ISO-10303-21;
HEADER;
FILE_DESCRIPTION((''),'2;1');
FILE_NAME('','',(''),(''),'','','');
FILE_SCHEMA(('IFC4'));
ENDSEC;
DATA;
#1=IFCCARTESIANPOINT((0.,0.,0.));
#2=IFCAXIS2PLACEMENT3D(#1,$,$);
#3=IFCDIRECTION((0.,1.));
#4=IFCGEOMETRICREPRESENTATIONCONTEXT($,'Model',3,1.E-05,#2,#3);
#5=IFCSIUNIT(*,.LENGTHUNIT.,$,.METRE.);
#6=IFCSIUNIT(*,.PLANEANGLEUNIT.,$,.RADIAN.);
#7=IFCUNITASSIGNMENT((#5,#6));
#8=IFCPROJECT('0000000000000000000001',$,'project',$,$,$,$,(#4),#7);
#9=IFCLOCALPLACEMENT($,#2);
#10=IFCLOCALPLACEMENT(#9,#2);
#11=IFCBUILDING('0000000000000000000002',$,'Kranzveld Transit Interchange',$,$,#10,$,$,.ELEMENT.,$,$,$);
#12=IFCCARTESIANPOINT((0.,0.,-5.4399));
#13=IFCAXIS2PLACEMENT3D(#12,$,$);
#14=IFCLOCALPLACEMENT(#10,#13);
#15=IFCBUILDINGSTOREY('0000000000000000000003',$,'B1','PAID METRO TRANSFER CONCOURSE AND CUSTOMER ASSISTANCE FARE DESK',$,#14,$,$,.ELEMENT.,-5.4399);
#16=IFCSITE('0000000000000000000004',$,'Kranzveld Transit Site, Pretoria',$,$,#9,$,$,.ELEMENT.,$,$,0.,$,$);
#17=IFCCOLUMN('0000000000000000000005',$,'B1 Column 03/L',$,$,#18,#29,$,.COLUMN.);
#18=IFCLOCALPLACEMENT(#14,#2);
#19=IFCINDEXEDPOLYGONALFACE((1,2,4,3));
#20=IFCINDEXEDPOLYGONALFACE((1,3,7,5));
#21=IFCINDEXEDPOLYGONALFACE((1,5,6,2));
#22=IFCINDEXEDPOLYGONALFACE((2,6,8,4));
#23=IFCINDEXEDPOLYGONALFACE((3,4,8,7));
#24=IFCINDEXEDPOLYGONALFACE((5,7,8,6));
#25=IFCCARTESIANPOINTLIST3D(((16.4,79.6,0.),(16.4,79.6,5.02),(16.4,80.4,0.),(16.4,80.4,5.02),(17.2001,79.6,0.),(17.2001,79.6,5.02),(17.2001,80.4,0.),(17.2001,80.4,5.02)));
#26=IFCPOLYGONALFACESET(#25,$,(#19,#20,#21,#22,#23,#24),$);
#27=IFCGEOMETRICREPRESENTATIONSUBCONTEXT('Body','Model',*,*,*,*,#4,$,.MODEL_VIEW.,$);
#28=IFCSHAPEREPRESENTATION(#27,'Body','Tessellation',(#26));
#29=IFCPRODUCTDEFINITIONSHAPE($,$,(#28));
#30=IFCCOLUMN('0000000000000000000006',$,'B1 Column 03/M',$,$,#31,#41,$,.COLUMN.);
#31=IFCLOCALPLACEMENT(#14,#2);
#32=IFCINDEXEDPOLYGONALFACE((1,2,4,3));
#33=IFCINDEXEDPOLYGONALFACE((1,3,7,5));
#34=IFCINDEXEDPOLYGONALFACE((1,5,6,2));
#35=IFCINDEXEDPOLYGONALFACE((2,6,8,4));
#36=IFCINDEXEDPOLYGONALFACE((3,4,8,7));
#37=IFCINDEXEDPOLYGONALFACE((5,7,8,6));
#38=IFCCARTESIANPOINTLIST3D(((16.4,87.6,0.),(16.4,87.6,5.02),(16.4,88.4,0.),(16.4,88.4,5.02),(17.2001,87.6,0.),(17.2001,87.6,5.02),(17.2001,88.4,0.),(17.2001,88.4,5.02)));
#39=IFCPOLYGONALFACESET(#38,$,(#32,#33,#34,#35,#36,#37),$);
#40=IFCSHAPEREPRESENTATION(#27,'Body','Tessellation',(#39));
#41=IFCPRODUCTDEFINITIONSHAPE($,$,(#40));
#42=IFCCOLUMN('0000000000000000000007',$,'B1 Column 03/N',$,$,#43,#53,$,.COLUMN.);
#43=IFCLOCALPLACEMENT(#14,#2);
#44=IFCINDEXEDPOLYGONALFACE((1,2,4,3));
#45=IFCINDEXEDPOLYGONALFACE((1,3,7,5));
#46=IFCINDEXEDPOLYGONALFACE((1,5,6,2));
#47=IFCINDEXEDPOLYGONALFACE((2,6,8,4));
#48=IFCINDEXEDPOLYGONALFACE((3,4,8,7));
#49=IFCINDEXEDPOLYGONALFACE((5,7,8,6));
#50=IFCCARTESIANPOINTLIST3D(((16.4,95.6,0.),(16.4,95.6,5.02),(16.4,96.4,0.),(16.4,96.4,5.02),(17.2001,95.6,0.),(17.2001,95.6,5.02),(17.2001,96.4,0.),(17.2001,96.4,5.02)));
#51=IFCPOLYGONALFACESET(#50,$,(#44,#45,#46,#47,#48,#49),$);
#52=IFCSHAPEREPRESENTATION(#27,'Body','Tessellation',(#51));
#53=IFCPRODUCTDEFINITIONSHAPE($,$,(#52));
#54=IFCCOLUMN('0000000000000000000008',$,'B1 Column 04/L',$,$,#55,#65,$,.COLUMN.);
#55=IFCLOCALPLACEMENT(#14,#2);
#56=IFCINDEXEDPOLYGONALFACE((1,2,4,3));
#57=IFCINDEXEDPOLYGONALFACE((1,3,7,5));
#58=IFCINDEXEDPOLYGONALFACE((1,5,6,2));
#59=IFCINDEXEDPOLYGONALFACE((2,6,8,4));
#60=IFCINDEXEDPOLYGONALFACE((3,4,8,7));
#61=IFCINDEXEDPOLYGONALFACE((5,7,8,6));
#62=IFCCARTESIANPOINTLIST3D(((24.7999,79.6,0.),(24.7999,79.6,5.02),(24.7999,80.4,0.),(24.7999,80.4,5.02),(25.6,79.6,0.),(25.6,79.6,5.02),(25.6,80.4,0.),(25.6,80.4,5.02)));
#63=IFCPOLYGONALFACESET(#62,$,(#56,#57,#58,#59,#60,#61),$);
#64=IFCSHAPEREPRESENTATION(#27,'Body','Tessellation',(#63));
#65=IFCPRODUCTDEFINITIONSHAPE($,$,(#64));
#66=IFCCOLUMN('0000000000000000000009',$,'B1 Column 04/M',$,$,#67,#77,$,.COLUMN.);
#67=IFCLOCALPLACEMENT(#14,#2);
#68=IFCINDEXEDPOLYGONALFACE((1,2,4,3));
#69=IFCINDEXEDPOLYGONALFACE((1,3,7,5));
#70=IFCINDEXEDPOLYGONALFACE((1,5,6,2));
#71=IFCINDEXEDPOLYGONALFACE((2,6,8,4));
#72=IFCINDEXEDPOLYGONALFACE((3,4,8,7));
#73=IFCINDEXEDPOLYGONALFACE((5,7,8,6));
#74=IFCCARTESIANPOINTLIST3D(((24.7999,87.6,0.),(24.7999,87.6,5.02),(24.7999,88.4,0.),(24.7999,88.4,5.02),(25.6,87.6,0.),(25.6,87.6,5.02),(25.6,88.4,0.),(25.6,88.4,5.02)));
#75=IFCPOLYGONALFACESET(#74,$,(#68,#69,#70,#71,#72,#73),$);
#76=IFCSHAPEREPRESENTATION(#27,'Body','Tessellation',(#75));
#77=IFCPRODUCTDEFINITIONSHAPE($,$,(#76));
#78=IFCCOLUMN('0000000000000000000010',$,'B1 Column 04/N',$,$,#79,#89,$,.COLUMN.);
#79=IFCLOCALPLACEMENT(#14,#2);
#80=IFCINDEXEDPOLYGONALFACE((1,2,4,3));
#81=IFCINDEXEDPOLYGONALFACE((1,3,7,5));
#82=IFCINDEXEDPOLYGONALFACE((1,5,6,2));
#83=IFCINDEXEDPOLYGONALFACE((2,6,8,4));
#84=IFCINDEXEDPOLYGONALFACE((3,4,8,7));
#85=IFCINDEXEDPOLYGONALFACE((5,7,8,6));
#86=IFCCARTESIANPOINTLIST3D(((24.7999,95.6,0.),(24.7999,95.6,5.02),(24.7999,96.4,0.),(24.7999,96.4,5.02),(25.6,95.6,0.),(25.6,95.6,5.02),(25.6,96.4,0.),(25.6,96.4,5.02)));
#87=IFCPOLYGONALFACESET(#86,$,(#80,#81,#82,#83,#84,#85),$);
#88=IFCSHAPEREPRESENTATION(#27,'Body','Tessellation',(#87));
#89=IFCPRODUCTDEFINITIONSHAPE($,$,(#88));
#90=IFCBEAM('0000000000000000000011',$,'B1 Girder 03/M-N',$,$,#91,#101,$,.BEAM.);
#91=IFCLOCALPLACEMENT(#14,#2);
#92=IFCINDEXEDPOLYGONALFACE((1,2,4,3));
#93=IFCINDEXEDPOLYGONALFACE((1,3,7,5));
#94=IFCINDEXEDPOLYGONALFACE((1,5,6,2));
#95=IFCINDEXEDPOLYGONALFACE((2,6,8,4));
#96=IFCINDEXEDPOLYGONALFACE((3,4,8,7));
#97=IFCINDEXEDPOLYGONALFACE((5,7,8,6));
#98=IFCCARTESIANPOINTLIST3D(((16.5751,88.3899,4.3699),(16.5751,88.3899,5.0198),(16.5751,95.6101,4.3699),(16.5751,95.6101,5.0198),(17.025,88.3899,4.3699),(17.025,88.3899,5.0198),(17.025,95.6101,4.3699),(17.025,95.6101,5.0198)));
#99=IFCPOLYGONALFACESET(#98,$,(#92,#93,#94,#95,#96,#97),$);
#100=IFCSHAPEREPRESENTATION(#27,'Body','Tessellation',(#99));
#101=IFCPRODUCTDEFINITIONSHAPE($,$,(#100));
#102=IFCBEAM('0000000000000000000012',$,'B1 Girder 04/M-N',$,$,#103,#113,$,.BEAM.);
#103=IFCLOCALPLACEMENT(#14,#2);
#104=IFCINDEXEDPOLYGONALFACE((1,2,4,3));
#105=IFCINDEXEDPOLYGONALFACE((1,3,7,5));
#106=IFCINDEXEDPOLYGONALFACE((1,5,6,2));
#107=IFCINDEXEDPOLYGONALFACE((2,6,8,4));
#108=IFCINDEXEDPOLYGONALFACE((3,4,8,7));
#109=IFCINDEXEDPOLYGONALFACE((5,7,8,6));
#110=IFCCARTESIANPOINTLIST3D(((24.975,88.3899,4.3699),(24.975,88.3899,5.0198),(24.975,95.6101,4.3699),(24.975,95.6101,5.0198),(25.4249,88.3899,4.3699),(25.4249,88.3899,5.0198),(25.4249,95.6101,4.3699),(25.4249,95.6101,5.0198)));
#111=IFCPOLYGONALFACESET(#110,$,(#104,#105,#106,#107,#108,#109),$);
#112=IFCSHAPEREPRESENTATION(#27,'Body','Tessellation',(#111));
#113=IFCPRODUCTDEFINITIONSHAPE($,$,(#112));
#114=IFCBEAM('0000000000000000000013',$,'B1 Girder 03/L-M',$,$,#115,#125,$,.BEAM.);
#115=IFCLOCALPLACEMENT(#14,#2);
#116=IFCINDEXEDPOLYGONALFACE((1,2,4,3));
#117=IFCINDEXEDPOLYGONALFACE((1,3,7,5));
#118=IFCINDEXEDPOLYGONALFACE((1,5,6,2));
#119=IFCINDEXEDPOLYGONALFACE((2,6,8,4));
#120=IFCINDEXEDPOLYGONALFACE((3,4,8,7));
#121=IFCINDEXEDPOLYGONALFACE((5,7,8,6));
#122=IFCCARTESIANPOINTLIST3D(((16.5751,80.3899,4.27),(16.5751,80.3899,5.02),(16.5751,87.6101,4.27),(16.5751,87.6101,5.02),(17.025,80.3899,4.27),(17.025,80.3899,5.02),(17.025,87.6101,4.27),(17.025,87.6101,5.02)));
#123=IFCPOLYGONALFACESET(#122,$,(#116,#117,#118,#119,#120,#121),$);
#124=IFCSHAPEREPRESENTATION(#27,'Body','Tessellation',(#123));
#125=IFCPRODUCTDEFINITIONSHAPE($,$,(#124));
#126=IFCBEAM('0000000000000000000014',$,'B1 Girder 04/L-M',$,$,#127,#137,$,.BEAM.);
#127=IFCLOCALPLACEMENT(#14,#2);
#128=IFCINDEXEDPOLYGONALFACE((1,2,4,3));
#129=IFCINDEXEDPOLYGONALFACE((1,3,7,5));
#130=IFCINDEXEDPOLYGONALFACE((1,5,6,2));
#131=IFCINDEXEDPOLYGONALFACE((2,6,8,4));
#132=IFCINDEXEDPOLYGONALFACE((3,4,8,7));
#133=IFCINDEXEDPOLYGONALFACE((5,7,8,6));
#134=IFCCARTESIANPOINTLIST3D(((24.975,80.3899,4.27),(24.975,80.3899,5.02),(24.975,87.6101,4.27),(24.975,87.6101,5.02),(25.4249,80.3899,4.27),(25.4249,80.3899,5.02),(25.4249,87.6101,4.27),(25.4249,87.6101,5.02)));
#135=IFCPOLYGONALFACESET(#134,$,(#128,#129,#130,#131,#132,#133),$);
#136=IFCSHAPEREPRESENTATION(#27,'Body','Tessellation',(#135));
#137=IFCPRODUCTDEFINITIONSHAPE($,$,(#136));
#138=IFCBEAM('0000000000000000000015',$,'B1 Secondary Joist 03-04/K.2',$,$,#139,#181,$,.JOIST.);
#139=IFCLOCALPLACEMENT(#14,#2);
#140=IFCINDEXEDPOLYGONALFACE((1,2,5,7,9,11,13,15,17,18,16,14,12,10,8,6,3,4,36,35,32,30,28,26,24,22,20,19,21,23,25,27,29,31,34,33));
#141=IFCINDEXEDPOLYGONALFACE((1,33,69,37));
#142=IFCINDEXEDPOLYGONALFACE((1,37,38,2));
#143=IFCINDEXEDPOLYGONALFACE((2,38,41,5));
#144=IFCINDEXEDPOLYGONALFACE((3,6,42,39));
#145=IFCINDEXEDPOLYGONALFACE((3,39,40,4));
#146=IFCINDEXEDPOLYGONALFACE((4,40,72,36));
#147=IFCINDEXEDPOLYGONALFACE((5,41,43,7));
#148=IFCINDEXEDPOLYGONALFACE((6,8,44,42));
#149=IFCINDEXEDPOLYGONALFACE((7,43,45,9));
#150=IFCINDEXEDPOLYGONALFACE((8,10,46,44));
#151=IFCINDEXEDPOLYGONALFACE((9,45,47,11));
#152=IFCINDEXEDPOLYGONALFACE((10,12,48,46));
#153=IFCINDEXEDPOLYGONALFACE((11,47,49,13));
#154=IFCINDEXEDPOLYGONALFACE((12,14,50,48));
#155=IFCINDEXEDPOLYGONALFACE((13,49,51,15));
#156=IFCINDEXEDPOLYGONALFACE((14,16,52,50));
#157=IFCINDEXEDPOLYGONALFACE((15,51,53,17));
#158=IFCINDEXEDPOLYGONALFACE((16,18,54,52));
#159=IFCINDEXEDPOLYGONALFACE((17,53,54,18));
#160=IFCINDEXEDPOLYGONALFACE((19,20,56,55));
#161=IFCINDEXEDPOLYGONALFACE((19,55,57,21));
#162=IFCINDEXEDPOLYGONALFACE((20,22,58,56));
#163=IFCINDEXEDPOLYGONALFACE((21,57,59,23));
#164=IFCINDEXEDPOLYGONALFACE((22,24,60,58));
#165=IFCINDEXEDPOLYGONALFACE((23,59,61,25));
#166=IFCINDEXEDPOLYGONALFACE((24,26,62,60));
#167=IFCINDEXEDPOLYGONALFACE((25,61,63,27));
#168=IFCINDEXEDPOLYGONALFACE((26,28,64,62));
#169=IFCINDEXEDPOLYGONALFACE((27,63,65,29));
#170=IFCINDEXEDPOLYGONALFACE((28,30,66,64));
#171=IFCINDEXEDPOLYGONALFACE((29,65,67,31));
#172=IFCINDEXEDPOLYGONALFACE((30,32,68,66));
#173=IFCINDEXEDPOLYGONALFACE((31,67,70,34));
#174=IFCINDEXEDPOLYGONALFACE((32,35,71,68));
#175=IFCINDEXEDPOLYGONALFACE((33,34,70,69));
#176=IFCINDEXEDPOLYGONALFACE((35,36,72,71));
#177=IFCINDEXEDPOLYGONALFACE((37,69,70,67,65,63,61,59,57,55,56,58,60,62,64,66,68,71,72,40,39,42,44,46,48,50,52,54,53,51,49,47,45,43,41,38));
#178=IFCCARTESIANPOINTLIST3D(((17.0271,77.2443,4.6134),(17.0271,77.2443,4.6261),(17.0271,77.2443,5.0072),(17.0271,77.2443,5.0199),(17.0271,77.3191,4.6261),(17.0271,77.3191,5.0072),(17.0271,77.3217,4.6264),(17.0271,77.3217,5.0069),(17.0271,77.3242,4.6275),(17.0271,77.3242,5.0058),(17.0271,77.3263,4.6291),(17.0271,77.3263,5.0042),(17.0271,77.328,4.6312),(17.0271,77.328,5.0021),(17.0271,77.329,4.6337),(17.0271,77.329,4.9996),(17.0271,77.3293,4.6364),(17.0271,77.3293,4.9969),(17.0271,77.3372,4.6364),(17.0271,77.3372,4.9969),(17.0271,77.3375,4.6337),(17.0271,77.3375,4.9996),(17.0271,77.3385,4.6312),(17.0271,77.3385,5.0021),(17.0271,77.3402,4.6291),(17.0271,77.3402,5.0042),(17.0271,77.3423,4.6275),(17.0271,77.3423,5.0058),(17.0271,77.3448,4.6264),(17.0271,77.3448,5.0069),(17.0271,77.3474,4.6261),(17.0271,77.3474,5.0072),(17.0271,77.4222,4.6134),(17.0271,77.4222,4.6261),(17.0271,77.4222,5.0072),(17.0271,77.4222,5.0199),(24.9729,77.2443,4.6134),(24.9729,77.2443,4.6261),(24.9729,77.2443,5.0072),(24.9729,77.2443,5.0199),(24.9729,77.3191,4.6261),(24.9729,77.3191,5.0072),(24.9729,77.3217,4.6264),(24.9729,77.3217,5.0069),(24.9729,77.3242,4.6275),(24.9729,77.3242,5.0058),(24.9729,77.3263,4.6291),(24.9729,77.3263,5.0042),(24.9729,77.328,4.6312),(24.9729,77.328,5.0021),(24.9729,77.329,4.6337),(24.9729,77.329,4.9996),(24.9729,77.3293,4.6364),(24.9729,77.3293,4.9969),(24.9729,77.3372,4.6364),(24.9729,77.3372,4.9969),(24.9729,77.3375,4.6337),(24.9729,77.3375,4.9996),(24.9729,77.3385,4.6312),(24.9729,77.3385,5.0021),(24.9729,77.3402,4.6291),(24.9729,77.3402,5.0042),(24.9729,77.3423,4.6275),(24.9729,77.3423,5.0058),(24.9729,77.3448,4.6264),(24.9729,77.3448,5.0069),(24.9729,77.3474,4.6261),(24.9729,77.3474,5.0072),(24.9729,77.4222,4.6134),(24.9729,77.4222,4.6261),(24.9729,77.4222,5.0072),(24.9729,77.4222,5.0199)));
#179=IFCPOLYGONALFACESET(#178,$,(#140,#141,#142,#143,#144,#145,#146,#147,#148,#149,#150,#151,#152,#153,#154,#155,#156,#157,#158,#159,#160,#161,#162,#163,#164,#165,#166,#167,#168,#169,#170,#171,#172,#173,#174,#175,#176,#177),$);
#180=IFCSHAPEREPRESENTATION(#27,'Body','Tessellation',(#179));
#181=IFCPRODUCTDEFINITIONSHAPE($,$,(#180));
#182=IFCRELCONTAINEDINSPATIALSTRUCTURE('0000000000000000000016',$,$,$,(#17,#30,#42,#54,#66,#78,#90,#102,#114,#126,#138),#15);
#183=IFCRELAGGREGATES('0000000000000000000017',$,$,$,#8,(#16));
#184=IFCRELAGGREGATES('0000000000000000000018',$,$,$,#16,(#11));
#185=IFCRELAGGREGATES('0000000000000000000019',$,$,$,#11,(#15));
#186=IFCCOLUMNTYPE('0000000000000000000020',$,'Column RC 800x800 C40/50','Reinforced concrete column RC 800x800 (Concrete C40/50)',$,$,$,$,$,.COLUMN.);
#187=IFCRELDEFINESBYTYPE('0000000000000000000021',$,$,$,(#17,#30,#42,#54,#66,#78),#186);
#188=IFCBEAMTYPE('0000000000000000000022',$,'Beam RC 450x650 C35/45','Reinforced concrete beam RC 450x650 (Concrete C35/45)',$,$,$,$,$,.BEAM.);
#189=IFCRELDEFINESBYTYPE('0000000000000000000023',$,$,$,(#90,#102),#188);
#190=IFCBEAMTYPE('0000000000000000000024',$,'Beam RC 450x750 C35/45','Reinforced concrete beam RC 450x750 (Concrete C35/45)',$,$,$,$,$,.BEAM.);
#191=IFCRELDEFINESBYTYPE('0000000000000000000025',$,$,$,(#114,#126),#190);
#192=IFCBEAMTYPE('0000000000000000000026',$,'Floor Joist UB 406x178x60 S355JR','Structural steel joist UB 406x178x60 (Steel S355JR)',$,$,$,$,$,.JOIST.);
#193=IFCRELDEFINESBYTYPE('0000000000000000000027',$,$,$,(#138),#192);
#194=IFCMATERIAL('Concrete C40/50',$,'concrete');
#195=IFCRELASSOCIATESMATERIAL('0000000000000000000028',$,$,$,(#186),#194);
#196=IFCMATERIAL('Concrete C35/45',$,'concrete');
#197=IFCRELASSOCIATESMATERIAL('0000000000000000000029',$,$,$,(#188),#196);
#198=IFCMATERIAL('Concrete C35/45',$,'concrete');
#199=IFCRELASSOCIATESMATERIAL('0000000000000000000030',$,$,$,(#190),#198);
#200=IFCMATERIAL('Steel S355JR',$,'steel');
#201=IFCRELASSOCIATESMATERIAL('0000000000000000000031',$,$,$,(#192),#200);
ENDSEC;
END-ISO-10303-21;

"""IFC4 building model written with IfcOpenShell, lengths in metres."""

from ifc_helpers import new_model, si_unit, direction, frame, origin, origin_2d, place, context, subcontext, project, spatial, rectangle, i_section, extrude, material, material_profile, profile_set, type_object, element, save


model = new_model("IFC4")

# Units and contexts
model_context = context("Model", 3, precision=1e-05, world=origin(), true_north=direction((0.0, 1.0)))
body_context = subcontext(model_context, "Body", "Model", "MODEL_VIEW")
ifc_project = project(units=[si_unit("LENGTHUNIT", "METRE"), si_unit("PLANEANGLEUNIT", "RADIAN")], contexts=[model_context])

# Site, building, storey
site_placement = place(None, origin())
site = spatial("IfcSite", under=ifc_project, at=site_placement, Name="Kranzveld Transit Site, Pretoria", CompositionType="ELEMENT", RefElevation=0.0)
building_placement = place(site_placement, origin())
building = spatial("IfcBuilding", under=site, at=building_placement, Name="Kranzveld Transit Interchange", CompositionType="ELEMENT")
storey_placement = place(building_placement, frame((0.0, 0.0, -5.4399)))
storey = spatial("IfcBuildingStorey", under=building, at=storey_placement, Name="B1", Description="PAID METRO TRANSFER CONCOURSE AND CUSTOMER ASSISTANCE FARE DESK", CompositionType="ELEMENT", Elevation=-5.4399)

# Columns
ifc_material_1 = material(Name="Concrete C40/50", Category="concrete")
ifc_material_profile_1 = material_profile(ifc_material_1, rectangle(XDim=0.8, YDim=0.8, at=origin_2d()), Name="RC 800x800")
ifc_profile_set_1 = profile_set([ifc_material_profile_1], Name="Concrete C40/50")
column_type = type_object("IfcColumnType", Name="Column RC 800x800 C40/50", Description="Reinforced concrete column RC 800x800 (Concrete C40/50)", PredefinedType="COLUMN", material=ifc_profile_set_1)
for number, where, z_axis, x_axis, name in (
    (1, (16.8, 80.0, 0.0), (0.0, 0.0, 1.0), (1.0, 0.0, 0.0), "B1 Column 03/L"),
    (2, (16.8, 88.0, 0.0), (0.0, 0.0, 1.0), (1.0, 0.0, 0.0), "B1 Column 03/M"),
    (3, (16.8, 96.0, 0.0), (0.0, 0.0, 1.0), (1.0, 0.0, 0.0), "B1 Column 03/N"),
    (4, (25.2, 80.0, 0.0), (0.0, 0.0, 1.0), (1.0, 0.0, 0.0), "B1 Column 04/L"),
    (5, (25.2, 88.0, 0.0), (0.0, 0.0, 1.0), (1.0, 0.0, 0.0), "B1 Column 04/M"),
    (6, (25.2, 96.0, 0.0), (0.0, 0.0, 1.0), (1.0, 0.0, 0.0), "B1 Column 04/N"),
):
    element("IfcColumn", number, at=place(storey_placement, frame(where, z_axis=z_axis, x_axis=x_axis)), inside=storey, type_object=column_type, Name=name, PredefinedType="COLUMN", context=body_context, shape_type="SweptSolid", body=[
        extrude(rectangle(XDim=0.8, YDim=0.8, at=origin_2d()), origin(), (0.0, 0.0, 1.0), 5.02),
    ])

# Beams
ifc_material_2 = material(Name="Concrete C35/45", Category="concrete")
ifc_material_profile_2 = material_profile(ifc_material_2, rectangle(XDim=0.45, YDim=0.6499, at=origin_2d()), Name="RC 450x650")
ifc_profile_set_2 = profile_set([ifc_material_profile_2], Name="Concrete C35/45")
beam_type_1 = type_object("IfcBeamType", Name="Beam RC 450x650 C35/45", Description="Reinforced concrete beam RC 450x650 (Concrete C35/45)", PredefinedType="BEAM", material=ifc_profile_set_2)
for number, where, z_axis, x_axis, name in (
    (7, (16.8, 88.3899, 4.6948), (0.0, 1.0, 0.0), (-1.0, 0.0, 0.0), "B1 Girder 03/M-N"),
    (8, (25.2, 88.3899, 4.6948), (0.0, 1.0, 0.0), (-1.0, 0.0, 0.0), "B1 Girder 04/M-N"),
):
    element("IfcBeam", number, at=place(storey_placement, frame(where, z_axis=z_axis, x_axis=x_axis)), inside=storey, type_object=beam_type_1, Name=name, PredefinedType="BEAM", context=body_context, shape_type="SweptSolid", body=[
        extrude(rectangle(XDim=0.45, YDim=0.6499, at=origin_2d()), origin(), (0.0, 0.0, 1.0), 7.2202),
    ])
ifc_material_3 = material(Name="Concrete C35/45", Category="concrete")
ifc_material_profile_3 = material_profile(ifc_material_3, rectangle(XDim=0.45, YDim=0.75, at=origin_2d()), Name="RC 450x750")
ifc_profile_set_3 = profile_set([ifc_material_profile_3], Name="Concrete C35/45")
beam_type_2 = type_object("IfcBeamType", Name="Beam RC 450x750 C35/45", Description="Reinforced concrete beam RC 450x750 (Concrete C35/45)", PredefinedType="BEAM", material=ifc_profile_set_3)
for number, where, z_axis, x_axis, name in (
    (9, (16.8, 80.3899, 4.645), (0.0, 1.0, 0.0), (-1.0, 0.0, 0.0), "B1 Girder 03/L-M"),
    (10, (25.2, 80.3899, 4.645), (0.0, 1.0, 0.0), (-1.0, 0.0, 0.0), "B1 Girder 04/L-M"),
):
    element("IfcBeam", number, at=place(storey_placement, frame(where, z_axis=z_axis, x_axis=x_axis)), inside=storey, type_object=beam_type_2, Name=name, PredefinedType="BEAM", context=body_context, shape_type="SweptSolid", body=[
        extrude(rectangle(XDim=0.45, YDim=0.75, at=origin_2d()), origin(), (0.0, 0.0, 1.0), 7.2202),
    ])
ifc_material_4 = material(Name="Steel S355JR", Category="steel")
ifc_material_profile_4 = material_profile(ifc_material_4, i_section(OverallWidth=0.178, OverallDepth=0.4065, WebThickness=0.0078, FlangeThickness=0.0127, FilletRadius=0.0103, at=origin_2d()), Name="UB 406x178x60")
ifc_profile_set_4 = profile_set([ifc_material_profile_4], Name="Steel S355JR")
beam_type_3 = type_object("IfcBeamType", Name="Floor Joist UB 406x178x60 S355JR", Description="Structural steel joist UB 406x178x60 (Steel S355JR)", PredefinedType="JOIST", material=ifc_profile_set_4)
for number, where, z_axis, x_axis, name in (
    (11, (17.0271, 77.3333, 4.8167), (1.0, 0.0, 0.0), (0.0, 1.0, 0.0), "B1 Secondary Joist 03-04/K.2"),
):
    element("IfcBeam", number, at=place(storey_placement, frame(where, z_axis=z_axis, x_axis=x_axis)), inside=storey, type_object=beam_type_3, Name=name, PredefinedType="JOIST", context=body_context, shape_type="SweptSolid", body=[
        extrude(i_section(OverallWidth=0.178, OverallDepth=0.4065, WebThickness=0.0078, FlangeThickness=0.0127, FilletRadius=0.0103, at=origin_2d()), origin(), (0.0, 0.0, 1.0), 7.9458),
    ])

save(model, "model.ifc")
